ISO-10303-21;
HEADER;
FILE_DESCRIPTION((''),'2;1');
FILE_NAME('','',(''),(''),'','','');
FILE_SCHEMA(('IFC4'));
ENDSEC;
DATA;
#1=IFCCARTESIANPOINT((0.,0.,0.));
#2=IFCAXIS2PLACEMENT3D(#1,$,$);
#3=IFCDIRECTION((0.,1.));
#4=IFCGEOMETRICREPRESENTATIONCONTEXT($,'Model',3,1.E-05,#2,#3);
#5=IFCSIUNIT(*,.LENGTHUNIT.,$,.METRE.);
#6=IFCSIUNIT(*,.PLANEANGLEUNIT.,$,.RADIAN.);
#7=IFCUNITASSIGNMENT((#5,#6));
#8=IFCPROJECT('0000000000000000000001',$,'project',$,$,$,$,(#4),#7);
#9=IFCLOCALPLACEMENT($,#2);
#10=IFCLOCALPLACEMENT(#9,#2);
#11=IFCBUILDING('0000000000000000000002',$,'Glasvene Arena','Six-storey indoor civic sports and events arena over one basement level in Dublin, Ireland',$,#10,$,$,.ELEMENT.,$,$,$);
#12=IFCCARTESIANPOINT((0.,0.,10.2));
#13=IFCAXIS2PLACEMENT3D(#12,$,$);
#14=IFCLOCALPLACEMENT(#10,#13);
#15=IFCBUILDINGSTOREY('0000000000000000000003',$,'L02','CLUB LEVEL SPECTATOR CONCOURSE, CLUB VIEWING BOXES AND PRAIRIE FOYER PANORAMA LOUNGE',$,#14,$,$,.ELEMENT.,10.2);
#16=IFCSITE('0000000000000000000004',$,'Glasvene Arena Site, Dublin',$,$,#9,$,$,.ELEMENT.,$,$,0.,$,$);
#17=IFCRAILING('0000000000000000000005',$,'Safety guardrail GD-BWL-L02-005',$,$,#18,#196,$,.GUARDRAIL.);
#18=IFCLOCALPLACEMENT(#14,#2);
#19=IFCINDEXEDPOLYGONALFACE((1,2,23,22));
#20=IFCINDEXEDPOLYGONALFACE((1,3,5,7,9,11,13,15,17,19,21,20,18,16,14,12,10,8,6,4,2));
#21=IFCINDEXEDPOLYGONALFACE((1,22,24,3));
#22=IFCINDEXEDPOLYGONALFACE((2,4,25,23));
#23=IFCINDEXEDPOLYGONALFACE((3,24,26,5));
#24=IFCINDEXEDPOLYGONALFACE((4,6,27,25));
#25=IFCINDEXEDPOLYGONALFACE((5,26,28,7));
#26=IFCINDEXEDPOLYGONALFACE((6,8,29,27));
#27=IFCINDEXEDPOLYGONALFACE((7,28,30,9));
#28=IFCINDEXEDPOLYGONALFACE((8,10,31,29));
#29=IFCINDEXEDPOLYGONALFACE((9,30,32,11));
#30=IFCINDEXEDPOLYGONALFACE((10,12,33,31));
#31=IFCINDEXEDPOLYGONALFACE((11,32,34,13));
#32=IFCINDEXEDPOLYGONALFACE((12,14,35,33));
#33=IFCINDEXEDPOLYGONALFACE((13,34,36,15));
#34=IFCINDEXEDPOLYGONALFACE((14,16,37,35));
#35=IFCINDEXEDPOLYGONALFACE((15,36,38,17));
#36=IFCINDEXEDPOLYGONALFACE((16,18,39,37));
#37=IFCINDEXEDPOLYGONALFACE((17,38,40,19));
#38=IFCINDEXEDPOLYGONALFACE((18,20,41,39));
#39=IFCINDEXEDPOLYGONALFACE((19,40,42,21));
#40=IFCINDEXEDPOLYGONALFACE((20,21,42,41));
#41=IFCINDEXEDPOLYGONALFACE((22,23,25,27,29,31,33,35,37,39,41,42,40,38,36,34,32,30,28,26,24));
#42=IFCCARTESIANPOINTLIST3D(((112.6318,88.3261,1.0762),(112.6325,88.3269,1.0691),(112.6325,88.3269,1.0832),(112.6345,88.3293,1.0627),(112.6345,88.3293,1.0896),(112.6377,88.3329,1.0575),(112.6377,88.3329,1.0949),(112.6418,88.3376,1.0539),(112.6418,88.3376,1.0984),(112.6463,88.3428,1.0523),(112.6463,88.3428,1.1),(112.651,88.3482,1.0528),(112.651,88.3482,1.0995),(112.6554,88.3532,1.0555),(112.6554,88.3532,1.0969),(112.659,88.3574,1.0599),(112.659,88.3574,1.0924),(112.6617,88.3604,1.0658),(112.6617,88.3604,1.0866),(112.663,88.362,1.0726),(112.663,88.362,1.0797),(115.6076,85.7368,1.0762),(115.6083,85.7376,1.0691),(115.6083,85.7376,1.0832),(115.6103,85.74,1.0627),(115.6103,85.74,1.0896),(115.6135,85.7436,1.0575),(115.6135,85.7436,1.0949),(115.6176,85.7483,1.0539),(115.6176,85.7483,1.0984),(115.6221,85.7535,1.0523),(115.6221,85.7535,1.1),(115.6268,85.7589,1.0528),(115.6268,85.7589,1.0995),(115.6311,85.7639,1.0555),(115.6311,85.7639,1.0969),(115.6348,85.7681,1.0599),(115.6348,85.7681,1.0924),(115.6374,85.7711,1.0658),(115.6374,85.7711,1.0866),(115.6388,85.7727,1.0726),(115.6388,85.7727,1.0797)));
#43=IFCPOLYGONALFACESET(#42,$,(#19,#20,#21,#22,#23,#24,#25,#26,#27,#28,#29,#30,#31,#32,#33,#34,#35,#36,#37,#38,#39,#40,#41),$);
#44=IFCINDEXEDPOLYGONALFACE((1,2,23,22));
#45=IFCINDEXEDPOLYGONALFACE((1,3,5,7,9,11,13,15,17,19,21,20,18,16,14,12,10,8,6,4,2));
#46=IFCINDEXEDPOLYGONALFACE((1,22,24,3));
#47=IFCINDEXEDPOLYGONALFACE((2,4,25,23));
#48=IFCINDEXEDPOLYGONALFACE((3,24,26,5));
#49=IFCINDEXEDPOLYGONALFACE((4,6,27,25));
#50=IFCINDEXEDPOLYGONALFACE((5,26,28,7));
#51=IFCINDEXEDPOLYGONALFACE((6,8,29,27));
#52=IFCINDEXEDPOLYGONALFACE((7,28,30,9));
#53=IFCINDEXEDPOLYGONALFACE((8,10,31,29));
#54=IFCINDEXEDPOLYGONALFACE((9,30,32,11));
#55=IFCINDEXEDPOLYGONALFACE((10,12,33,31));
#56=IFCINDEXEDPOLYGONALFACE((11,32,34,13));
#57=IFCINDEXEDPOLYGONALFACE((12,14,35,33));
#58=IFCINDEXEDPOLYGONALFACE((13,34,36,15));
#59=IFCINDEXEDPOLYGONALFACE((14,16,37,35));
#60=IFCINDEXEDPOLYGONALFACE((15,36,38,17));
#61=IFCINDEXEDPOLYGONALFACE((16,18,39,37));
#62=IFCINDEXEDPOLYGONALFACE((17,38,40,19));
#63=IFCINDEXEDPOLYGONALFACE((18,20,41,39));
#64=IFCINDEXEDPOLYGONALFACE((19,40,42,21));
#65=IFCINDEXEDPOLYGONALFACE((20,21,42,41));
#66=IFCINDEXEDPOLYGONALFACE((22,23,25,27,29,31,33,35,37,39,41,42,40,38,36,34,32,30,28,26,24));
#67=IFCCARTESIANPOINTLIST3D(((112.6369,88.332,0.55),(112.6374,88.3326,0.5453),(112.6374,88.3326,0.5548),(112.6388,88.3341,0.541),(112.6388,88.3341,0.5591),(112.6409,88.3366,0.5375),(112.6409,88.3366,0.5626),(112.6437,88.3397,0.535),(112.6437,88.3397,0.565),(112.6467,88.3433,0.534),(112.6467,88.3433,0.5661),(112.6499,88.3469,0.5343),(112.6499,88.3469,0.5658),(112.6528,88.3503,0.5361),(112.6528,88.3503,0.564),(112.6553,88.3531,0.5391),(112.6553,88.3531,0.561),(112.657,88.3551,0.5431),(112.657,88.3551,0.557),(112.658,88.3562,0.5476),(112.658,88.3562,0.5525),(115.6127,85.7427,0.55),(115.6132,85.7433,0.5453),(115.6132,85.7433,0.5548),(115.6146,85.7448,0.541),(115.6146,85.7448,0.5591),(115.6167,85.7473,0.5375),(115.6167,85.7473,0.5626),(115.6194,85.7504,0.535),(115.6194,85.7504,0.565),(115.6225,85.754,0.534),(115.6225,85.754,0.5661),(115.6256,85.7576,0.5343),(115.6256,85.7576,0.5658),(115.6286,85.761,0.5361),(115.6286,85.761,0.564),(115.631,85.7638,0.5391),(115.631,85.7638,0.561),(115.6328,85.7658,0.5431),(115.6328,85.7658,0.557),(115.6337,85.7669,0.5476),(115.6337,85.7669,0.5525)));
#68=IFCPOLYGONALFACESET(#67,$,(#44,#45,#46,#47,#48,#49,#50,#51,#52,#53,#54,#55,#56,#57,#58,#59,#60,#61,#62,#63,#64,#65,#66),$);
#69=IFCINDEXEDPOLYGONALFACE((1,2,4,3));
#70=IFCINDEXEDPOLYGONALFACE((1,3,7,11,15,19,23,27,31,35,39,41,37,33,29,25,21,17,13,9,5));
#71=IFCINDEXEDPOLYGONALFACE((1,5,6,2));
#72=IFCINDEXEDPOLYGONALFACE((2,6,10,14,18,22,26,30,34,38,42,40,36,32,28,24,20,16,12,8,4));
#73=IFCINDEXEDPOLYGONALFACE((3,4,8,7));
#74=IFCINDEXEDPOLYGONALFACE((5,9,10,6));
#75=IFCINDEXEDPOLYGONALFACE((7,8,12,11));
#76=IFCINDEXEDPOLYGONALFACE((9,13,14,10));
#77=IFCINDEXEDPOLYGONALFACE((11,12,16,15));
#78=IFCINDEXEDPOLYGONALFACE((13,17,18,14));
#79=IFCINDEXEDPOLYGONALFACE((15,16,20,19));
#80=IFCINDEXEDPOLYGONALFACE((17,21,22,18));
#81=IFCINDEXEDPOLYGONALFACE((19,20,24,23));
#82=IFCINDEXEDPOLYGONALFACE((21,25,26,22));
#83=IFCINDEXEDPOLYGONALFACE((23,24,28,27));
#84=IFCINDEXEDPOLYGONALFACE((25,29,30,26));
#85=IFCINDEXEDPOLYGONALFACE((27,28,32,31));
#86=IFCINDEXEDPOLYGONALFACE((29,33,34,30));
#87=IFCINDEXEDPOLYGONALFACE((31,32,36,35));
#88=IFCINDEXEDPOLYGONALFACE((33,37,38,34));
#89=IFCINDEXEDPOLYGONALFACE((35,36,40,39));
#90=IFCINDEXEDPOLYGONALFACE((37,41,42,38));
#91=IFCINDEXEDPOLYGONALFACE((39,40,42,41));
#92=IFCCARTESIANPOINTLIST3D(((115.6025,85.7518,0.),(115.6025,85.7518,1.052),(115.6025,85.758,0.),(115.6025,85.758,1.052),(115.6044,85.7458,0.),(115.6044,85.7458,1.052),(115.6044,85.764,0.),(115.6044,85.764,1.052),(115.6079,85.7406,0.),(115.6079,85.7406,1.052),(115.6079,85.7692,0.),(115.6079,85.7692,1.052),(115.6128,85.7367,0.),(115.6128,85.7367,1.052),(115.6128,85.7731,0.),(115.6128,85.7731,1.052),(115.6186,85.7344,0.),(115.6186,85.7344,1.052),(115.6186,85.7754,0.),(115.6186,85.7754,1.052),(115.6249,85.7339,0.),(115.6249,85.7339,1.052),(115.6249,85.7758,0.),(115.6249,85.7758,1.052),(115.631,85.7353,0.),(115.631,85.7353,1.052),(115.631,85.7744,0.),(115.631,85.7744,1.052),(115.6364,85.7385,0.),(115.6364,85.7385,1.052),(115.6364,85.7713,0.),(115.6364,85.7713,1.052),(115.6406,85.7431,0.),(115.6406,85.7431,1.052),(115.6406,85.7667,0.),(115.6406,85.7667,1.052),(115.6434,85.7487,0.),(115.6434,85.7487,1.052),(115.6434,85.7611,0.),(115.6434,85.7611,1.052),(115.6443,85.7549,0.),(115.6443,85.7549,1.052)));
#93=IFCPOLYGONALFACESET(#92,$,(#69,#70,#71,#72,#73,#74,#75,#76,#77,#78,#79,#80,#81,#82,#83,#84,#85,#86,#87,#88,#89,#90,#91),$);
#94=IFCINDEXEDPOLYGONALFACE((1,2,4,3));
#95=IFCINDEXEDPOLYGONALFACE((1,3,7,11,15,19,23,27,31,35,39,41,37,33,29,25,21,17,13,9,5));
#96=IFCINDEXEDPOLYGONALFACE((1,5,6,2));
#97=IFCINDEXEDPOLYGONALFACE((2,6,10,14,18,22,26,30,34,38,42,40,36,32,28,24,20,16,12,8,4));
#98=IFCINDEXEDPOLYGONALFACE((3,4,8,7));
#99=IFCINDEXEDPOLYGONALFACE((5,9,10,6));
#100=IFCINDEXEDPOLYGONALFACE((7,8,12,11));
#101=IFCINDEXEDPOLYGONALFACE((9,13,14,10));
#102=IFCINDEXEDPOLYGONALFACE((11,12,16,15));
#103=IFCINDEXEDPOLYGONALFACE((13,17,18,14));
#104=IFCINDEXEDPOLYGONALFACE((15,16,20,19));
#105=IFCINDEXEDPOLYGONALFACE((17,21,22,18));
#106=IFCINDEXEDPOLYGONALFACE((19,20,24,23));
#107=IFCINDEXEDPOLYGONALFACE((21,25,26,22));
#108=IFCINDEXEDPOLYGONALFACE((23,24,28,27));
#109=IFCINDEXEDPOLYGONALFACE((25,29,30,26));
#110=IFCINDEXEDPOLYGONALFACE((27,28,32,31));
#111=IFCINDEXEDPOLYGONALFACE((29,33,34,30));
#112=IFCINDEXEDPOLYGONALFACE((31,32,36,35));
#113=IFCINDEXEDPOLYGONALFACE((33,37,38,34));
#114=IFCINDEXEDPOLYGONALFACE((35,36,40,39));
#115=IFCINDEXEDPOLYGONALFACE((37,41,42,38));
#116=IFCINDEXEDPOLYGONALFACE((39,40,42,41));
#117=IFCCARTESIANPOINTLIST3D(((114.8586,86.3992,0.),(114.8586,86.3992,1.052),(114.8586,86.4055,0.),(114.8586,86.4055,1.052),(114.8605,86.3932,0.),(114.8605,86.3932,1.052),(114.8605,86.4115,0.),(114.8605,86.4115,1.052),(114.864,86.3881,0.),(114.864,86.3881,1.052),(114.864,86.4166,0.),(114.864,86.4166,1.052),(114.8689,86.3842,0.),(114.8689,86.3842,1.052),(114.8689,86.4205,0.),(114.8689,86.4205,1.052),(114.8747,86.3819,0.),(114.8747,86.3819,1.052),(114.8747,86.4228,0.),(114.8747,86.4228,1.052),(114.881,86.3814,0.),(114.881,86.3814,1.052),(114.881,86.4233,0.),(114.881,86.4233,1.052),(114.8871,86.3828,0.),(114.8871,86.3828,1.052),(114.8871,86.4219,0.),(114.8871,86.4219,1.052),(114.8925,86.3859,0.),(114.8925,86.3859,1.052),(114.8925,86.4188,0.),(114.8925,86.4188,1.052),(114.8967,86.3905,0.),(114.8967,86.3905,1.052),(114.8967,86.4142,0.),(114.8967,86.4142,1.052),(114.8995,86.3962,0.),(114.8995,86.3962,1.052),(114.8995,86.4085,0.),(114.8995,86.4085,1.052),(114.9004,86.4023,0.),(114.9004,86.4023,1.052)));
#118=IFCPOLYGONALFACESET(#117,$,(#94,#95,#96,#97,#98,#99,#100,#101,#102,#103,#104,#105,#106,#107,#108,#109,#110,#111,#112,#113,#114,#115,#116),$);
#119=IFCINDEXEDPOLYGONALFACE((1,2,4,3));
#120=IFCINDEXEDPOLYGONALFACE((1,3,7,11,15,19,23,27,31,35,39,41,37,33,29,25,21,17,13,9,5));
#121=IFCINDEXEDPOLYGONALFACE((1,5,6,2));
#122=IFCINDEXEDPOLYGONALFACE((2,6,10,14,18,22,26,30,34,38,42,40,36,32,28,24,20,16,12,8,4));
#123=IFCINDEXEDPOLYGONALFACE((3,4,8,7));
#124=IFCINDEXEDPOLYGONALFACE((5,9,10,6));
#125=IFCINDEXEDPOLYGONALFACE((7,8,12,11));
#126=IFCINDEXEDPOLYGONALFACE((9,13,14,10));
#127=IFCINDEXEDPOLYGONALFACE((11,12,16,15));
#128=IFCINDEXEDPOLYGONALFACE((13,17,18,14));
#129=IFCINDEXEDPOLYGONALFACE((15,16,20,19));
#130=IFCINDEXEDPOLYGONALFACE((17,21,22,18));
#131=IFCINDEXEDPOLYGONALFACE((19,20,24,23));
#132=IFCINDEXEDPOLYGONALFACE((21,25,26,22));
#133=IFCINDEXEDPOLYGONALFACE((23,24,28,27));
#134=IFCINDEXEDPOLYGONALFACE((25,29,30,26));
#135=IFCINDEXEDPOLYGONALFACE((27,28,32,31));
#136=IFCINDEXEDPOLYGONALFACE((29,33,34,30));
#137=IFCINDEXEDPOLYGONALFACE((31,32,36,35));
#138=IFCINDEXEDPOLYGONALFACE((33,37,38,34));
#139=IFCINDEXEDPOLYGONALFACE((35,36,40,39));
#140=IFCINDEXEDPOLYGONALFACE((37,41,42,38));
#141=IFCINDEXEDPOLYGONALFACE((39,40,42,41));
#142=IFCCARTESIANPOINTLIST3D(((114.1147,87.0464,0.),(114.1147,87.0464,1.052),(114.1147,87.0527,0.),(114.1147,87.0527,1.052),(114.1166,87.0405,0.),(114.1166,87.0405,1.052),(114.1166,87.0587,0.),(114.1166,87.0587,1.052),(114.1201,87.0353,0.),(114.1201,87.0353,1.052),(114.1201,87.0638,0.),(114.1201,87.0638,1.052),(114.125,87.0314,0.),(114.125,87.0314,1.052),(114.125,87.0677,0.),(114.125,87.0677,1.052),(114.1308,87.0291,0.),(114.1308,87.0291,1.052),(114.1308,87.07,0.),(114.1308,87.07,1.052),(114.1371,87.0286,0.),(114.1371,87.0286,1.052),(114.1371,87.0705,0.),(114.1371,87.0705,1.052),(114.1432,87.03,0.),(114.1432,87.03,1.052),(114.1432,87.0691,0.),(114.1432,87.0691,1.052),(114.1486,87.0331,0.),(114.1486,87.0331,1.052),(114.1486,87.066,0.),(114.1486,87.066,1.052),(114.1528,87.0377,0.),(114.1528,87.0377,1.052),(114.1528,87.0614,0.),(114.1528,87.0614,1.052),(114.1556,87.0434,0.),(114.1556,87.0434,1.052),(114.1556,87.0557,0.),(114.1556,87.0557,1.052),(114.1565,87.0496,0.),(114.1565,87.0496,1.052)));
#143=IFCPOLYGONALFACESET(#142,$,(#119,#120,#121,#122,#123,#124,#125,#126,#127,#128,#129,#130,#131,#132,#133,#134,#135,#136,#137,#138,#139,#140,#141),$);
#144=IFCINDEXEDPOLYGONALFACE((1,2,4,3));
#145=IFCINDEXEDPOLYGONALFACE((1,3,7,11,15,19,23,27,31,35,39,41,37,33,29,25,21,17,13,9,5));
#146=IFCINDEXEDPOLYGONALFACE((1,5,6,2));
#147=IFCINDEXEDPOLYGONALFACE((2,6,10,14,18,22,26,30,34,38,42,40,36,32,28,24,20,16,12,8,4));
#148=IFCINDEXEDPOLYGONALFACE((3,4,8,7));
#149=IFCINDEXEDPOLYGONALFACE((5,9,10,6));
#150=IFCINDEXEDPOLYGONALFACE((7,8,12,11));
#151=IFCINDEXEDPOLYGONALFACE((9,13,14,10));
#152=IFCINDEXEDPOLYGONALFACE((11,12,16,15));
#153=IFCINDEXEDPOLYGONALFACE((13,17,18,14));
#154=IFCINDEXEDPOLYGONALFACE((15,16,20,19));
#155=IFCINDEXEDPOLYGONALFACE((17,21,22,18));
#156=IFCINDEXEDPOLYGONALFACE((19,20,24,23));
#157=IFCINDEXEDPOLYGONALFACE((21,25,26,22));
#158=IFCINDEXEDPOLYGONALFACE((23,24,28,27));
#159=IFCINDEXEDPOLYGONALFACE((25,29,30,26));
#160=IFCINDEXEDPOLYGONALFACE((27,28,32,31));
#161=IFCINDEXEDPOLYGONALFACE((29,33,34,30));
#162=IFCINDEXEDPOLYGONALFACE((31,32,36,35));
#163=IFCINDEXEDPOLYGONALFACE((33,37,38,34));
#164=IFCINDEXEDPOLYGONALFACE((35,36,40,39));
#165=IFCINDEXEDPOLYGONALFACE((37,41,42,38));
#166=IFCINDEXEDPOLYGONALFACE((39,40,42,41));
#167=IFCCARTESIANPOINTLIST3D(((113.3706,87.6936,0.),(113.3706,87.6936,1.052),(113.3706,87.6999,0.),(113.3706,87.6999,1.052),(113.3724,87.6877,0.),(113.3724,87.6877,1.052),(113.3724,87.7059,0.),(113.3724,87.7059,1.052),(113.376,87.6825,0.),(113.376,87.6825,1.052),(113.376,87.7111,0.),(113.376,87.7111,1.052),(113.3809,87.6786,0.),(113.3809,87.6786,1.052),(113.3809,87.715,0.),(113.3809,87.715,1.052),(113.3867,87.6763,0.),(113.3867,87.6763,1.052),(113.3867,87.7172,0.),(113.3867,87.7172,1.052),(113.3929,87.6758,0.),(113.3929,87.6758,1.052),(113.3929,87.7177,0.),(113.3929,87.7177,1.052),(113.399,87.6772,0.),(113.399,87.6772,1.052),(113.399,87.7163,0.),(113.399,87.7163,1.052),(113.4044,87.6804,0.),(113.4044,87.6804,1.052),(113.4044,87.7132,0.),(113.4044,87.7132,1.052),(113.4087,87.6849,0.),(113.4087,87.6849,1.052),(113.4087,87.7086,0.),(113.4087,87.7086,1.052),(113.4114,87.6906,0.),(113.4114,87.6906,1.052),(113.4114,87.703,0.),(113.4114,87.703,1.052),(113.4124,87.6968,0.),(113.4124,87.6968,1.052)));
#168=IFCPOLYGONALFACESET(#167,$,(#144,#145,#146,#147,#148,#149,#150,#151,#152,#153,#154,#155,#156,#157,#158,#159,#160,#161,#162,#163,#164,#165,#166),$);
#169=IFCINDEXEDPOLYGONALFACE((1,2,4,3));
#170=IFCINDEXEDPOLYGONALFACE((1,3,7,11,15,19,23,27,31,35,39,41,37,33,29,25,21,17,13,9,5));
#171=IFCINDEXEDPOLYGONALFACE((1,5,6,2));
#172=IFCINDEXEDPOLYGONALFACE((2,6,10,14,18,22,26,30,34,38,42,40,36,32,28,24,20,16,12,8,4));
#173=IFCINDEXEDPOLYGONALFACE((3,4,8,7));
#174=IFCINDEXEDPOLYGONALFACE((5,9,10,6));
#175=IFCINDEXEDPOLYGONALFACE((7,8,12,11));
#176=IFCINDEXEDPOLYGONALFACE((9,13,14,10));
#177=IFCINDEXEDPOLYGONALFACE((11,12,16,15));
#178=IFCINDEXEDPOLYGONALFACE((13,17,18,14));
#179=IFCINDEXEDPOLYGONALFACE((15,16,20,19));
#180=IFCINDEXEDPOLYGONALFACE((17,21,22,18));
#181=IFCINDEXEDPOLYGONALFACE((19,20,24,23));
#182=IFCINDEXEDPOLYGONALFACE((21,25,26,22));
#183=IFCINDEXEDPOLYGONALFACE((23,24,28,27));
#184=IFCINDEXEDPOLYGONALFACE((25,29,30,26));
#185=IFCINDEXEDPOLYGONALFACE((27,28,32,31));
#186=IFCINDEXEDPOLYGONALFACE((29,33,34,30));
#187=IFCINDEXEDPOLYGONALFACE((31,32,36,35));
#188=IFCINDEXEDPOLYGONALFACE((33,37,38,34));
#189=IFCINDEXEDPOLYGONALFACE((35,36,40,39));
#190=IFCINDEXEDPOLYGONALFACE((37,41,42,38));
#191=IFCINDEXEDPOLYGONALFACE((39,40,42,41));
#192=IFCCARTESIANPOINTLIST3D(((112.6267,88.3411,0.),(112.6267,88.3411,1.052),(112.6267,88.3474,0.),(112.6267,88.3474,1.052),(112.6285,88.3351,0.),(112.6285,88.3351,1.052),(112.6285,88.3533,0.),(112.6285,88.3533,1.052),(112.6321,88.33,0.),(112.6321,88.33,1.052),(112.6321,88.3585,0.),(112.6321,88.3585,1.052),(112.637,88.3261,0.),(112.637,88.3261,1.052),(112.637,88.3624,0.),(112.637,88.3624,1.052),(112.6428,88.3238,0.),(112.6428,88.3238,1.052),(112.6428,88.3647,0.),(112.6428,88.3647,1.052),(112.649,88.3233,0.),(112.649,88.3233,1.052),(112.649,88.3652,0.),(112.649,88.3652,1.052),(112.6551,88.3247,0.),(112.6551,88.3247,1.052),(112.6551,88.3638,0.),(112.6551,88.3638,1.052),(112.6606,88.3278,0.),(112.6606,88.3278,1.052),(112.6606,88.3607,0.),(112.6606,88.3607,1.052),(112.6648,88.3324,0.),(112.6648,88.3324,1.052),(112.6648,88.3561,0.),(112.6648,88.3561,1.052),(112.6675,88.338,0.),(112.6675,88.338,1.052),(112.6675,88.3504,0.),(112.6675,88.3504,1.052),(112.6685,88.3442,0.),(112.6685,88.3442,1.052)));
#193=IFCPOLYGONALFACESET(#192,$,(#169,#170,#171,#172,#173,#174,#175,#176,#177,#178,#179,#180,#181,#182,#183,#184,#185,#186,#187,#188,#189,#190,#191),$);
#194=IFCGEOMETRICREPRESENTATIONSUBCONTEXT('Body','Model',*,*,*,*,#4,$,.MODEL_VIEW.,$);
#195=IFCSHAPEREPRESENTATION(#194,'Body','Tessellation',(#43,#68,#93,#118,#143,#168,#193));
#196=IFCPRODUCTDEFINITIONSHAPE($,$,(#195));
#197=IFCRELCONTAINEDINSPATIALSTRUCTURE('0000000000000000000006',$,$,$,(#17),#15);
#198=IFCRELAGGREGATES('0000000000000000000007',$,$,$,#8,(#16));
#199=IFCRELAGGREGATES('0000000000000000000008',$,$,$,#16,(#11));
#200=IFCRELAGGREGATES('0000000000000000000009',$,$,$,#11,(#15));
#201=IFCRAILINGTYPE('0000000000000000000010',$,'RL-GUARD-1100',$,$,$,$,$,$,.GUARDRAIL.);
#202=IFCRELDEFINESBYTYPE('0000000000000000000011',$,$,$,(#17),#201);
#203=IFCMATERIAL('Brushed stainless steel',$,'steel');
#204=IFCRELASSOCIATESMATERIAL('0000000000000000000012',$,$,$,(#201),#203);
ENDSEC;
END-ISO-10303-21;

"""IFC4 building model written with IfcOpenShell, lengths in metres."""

from ifc_helpers import new_model, si_unit, direction, frame, origin, origin_2d, place, context, subcontext, project, spatial, circle, extrude, material, type_object, element, save


model = new_model("IFC4")

# Units and contexts
model_context = context("Model", 3, precision=1e-05, world=origin(), true_north=direction((0.0, 1.0)))
body_context = subcontext(model_context, "Body", "Model", "MODEL_VIEW")
ifc_project = project(units=[si_unit("LENGTHUNIT", "METRE"), si_unit("PLANEANGLEUNIT", "RADIAN")], contexts=[model_context])

# Site, building, storey
site_placement = place(None, origin())
site = spatial("IfcSite", under=ifc_project, at=site_placement, Name="Glasvene Arena Site, Dublin", CompositionType="ELEMENT", RefElevation=0.0)
building_placement = place(site_placement, origin())
building = spatial("IfcBuilding", under=site, at=building_placement, Name="Glasvene Arena", Description="Six-storey indoor civic sports and events arena over one basement level in Dublin, Ireland", CompositionType="ELEMENT")
storey_placement = place(building_placement, frame((0.0, 0.0, 10.2)))
storey = spatial("IfcBuildingStorey", under=building, at=storey_placement, Name="L02", Description="CLUB LEVEL SPECTATOR CONCOURSE, CLUB VIEWING BOXES AND PRAIRIE FOYER PANORAMA LOUNGE", CompositionType="ELEMENT", Elevation=10.2)

# Railing
ifc_material_1 = material(Name="Brushed stainless steel", Category="steel")
railing_type_1 = type_object("IfcRailingType", Name="RL-GUARD-1100", PredefinedType="GUARDRAIL", material=ifc_material_1)
railing_1_placement = place(storey_placement, frame((115.6233, 85.7549, 0.0)))
element("IfcRailing", 1, at=railing_1_placement, inside=storey, type_object=railing_type_1, Name="Safety guardrail GD-BWL-L02-005", PredefinedType="GUARDRAIL", context=body_context, shape_type="SweptSolid", body=[
    extrude(circle(Radius=0.0239, at=origin_2d()), frame((0.0, 0.0, 1.0762), z_axis=(-0.754395, 0.656421, 0.0), x_axis=(-0.656421, -0.754395, 0.0)), (0.0, 0.0, 1.0), 3.9446),
    extrude(circle(Radius=0.0161, at=origin_2d()), frame((0.0, 0.0, 0.55), z_axis=(-0.754395, 0.656421, 0.0), x_axis=(-0.656421, -0.754395, 0.0)), (0.0, 0.0, 1.0), 3.9446),
    extrude(circle(Radius=0.021, at=origin_2d()), origin(), (0.0, 0.0, 1.0), 1.052),
    extrude(circle(Radius=0.021, at=origin_2d()), frame((-0.7439, 0.6475, 0.0)), (0.0, 0.0, 1.0), 1.052),
    extrude(circle(Radius=0.021, at=origin_2d()), frame((-1.4878, 1.2947, 0.0)), (0.0, 0.0, 1.0), 1.052),
    extrude(circle(Radius=0.021, at=origin_2d()), frame((-2.2319, 1.9419, 0.0)), (0.0, 0.0, 1.0), 1.052),
    extrude(circle(Radius=0.021, at=origin_2d()), frame((-2.9758, 2.5894, 0.0)), (0.0, 0.0, 1.0), 1.052),
])

save(model, "model.ifc")
